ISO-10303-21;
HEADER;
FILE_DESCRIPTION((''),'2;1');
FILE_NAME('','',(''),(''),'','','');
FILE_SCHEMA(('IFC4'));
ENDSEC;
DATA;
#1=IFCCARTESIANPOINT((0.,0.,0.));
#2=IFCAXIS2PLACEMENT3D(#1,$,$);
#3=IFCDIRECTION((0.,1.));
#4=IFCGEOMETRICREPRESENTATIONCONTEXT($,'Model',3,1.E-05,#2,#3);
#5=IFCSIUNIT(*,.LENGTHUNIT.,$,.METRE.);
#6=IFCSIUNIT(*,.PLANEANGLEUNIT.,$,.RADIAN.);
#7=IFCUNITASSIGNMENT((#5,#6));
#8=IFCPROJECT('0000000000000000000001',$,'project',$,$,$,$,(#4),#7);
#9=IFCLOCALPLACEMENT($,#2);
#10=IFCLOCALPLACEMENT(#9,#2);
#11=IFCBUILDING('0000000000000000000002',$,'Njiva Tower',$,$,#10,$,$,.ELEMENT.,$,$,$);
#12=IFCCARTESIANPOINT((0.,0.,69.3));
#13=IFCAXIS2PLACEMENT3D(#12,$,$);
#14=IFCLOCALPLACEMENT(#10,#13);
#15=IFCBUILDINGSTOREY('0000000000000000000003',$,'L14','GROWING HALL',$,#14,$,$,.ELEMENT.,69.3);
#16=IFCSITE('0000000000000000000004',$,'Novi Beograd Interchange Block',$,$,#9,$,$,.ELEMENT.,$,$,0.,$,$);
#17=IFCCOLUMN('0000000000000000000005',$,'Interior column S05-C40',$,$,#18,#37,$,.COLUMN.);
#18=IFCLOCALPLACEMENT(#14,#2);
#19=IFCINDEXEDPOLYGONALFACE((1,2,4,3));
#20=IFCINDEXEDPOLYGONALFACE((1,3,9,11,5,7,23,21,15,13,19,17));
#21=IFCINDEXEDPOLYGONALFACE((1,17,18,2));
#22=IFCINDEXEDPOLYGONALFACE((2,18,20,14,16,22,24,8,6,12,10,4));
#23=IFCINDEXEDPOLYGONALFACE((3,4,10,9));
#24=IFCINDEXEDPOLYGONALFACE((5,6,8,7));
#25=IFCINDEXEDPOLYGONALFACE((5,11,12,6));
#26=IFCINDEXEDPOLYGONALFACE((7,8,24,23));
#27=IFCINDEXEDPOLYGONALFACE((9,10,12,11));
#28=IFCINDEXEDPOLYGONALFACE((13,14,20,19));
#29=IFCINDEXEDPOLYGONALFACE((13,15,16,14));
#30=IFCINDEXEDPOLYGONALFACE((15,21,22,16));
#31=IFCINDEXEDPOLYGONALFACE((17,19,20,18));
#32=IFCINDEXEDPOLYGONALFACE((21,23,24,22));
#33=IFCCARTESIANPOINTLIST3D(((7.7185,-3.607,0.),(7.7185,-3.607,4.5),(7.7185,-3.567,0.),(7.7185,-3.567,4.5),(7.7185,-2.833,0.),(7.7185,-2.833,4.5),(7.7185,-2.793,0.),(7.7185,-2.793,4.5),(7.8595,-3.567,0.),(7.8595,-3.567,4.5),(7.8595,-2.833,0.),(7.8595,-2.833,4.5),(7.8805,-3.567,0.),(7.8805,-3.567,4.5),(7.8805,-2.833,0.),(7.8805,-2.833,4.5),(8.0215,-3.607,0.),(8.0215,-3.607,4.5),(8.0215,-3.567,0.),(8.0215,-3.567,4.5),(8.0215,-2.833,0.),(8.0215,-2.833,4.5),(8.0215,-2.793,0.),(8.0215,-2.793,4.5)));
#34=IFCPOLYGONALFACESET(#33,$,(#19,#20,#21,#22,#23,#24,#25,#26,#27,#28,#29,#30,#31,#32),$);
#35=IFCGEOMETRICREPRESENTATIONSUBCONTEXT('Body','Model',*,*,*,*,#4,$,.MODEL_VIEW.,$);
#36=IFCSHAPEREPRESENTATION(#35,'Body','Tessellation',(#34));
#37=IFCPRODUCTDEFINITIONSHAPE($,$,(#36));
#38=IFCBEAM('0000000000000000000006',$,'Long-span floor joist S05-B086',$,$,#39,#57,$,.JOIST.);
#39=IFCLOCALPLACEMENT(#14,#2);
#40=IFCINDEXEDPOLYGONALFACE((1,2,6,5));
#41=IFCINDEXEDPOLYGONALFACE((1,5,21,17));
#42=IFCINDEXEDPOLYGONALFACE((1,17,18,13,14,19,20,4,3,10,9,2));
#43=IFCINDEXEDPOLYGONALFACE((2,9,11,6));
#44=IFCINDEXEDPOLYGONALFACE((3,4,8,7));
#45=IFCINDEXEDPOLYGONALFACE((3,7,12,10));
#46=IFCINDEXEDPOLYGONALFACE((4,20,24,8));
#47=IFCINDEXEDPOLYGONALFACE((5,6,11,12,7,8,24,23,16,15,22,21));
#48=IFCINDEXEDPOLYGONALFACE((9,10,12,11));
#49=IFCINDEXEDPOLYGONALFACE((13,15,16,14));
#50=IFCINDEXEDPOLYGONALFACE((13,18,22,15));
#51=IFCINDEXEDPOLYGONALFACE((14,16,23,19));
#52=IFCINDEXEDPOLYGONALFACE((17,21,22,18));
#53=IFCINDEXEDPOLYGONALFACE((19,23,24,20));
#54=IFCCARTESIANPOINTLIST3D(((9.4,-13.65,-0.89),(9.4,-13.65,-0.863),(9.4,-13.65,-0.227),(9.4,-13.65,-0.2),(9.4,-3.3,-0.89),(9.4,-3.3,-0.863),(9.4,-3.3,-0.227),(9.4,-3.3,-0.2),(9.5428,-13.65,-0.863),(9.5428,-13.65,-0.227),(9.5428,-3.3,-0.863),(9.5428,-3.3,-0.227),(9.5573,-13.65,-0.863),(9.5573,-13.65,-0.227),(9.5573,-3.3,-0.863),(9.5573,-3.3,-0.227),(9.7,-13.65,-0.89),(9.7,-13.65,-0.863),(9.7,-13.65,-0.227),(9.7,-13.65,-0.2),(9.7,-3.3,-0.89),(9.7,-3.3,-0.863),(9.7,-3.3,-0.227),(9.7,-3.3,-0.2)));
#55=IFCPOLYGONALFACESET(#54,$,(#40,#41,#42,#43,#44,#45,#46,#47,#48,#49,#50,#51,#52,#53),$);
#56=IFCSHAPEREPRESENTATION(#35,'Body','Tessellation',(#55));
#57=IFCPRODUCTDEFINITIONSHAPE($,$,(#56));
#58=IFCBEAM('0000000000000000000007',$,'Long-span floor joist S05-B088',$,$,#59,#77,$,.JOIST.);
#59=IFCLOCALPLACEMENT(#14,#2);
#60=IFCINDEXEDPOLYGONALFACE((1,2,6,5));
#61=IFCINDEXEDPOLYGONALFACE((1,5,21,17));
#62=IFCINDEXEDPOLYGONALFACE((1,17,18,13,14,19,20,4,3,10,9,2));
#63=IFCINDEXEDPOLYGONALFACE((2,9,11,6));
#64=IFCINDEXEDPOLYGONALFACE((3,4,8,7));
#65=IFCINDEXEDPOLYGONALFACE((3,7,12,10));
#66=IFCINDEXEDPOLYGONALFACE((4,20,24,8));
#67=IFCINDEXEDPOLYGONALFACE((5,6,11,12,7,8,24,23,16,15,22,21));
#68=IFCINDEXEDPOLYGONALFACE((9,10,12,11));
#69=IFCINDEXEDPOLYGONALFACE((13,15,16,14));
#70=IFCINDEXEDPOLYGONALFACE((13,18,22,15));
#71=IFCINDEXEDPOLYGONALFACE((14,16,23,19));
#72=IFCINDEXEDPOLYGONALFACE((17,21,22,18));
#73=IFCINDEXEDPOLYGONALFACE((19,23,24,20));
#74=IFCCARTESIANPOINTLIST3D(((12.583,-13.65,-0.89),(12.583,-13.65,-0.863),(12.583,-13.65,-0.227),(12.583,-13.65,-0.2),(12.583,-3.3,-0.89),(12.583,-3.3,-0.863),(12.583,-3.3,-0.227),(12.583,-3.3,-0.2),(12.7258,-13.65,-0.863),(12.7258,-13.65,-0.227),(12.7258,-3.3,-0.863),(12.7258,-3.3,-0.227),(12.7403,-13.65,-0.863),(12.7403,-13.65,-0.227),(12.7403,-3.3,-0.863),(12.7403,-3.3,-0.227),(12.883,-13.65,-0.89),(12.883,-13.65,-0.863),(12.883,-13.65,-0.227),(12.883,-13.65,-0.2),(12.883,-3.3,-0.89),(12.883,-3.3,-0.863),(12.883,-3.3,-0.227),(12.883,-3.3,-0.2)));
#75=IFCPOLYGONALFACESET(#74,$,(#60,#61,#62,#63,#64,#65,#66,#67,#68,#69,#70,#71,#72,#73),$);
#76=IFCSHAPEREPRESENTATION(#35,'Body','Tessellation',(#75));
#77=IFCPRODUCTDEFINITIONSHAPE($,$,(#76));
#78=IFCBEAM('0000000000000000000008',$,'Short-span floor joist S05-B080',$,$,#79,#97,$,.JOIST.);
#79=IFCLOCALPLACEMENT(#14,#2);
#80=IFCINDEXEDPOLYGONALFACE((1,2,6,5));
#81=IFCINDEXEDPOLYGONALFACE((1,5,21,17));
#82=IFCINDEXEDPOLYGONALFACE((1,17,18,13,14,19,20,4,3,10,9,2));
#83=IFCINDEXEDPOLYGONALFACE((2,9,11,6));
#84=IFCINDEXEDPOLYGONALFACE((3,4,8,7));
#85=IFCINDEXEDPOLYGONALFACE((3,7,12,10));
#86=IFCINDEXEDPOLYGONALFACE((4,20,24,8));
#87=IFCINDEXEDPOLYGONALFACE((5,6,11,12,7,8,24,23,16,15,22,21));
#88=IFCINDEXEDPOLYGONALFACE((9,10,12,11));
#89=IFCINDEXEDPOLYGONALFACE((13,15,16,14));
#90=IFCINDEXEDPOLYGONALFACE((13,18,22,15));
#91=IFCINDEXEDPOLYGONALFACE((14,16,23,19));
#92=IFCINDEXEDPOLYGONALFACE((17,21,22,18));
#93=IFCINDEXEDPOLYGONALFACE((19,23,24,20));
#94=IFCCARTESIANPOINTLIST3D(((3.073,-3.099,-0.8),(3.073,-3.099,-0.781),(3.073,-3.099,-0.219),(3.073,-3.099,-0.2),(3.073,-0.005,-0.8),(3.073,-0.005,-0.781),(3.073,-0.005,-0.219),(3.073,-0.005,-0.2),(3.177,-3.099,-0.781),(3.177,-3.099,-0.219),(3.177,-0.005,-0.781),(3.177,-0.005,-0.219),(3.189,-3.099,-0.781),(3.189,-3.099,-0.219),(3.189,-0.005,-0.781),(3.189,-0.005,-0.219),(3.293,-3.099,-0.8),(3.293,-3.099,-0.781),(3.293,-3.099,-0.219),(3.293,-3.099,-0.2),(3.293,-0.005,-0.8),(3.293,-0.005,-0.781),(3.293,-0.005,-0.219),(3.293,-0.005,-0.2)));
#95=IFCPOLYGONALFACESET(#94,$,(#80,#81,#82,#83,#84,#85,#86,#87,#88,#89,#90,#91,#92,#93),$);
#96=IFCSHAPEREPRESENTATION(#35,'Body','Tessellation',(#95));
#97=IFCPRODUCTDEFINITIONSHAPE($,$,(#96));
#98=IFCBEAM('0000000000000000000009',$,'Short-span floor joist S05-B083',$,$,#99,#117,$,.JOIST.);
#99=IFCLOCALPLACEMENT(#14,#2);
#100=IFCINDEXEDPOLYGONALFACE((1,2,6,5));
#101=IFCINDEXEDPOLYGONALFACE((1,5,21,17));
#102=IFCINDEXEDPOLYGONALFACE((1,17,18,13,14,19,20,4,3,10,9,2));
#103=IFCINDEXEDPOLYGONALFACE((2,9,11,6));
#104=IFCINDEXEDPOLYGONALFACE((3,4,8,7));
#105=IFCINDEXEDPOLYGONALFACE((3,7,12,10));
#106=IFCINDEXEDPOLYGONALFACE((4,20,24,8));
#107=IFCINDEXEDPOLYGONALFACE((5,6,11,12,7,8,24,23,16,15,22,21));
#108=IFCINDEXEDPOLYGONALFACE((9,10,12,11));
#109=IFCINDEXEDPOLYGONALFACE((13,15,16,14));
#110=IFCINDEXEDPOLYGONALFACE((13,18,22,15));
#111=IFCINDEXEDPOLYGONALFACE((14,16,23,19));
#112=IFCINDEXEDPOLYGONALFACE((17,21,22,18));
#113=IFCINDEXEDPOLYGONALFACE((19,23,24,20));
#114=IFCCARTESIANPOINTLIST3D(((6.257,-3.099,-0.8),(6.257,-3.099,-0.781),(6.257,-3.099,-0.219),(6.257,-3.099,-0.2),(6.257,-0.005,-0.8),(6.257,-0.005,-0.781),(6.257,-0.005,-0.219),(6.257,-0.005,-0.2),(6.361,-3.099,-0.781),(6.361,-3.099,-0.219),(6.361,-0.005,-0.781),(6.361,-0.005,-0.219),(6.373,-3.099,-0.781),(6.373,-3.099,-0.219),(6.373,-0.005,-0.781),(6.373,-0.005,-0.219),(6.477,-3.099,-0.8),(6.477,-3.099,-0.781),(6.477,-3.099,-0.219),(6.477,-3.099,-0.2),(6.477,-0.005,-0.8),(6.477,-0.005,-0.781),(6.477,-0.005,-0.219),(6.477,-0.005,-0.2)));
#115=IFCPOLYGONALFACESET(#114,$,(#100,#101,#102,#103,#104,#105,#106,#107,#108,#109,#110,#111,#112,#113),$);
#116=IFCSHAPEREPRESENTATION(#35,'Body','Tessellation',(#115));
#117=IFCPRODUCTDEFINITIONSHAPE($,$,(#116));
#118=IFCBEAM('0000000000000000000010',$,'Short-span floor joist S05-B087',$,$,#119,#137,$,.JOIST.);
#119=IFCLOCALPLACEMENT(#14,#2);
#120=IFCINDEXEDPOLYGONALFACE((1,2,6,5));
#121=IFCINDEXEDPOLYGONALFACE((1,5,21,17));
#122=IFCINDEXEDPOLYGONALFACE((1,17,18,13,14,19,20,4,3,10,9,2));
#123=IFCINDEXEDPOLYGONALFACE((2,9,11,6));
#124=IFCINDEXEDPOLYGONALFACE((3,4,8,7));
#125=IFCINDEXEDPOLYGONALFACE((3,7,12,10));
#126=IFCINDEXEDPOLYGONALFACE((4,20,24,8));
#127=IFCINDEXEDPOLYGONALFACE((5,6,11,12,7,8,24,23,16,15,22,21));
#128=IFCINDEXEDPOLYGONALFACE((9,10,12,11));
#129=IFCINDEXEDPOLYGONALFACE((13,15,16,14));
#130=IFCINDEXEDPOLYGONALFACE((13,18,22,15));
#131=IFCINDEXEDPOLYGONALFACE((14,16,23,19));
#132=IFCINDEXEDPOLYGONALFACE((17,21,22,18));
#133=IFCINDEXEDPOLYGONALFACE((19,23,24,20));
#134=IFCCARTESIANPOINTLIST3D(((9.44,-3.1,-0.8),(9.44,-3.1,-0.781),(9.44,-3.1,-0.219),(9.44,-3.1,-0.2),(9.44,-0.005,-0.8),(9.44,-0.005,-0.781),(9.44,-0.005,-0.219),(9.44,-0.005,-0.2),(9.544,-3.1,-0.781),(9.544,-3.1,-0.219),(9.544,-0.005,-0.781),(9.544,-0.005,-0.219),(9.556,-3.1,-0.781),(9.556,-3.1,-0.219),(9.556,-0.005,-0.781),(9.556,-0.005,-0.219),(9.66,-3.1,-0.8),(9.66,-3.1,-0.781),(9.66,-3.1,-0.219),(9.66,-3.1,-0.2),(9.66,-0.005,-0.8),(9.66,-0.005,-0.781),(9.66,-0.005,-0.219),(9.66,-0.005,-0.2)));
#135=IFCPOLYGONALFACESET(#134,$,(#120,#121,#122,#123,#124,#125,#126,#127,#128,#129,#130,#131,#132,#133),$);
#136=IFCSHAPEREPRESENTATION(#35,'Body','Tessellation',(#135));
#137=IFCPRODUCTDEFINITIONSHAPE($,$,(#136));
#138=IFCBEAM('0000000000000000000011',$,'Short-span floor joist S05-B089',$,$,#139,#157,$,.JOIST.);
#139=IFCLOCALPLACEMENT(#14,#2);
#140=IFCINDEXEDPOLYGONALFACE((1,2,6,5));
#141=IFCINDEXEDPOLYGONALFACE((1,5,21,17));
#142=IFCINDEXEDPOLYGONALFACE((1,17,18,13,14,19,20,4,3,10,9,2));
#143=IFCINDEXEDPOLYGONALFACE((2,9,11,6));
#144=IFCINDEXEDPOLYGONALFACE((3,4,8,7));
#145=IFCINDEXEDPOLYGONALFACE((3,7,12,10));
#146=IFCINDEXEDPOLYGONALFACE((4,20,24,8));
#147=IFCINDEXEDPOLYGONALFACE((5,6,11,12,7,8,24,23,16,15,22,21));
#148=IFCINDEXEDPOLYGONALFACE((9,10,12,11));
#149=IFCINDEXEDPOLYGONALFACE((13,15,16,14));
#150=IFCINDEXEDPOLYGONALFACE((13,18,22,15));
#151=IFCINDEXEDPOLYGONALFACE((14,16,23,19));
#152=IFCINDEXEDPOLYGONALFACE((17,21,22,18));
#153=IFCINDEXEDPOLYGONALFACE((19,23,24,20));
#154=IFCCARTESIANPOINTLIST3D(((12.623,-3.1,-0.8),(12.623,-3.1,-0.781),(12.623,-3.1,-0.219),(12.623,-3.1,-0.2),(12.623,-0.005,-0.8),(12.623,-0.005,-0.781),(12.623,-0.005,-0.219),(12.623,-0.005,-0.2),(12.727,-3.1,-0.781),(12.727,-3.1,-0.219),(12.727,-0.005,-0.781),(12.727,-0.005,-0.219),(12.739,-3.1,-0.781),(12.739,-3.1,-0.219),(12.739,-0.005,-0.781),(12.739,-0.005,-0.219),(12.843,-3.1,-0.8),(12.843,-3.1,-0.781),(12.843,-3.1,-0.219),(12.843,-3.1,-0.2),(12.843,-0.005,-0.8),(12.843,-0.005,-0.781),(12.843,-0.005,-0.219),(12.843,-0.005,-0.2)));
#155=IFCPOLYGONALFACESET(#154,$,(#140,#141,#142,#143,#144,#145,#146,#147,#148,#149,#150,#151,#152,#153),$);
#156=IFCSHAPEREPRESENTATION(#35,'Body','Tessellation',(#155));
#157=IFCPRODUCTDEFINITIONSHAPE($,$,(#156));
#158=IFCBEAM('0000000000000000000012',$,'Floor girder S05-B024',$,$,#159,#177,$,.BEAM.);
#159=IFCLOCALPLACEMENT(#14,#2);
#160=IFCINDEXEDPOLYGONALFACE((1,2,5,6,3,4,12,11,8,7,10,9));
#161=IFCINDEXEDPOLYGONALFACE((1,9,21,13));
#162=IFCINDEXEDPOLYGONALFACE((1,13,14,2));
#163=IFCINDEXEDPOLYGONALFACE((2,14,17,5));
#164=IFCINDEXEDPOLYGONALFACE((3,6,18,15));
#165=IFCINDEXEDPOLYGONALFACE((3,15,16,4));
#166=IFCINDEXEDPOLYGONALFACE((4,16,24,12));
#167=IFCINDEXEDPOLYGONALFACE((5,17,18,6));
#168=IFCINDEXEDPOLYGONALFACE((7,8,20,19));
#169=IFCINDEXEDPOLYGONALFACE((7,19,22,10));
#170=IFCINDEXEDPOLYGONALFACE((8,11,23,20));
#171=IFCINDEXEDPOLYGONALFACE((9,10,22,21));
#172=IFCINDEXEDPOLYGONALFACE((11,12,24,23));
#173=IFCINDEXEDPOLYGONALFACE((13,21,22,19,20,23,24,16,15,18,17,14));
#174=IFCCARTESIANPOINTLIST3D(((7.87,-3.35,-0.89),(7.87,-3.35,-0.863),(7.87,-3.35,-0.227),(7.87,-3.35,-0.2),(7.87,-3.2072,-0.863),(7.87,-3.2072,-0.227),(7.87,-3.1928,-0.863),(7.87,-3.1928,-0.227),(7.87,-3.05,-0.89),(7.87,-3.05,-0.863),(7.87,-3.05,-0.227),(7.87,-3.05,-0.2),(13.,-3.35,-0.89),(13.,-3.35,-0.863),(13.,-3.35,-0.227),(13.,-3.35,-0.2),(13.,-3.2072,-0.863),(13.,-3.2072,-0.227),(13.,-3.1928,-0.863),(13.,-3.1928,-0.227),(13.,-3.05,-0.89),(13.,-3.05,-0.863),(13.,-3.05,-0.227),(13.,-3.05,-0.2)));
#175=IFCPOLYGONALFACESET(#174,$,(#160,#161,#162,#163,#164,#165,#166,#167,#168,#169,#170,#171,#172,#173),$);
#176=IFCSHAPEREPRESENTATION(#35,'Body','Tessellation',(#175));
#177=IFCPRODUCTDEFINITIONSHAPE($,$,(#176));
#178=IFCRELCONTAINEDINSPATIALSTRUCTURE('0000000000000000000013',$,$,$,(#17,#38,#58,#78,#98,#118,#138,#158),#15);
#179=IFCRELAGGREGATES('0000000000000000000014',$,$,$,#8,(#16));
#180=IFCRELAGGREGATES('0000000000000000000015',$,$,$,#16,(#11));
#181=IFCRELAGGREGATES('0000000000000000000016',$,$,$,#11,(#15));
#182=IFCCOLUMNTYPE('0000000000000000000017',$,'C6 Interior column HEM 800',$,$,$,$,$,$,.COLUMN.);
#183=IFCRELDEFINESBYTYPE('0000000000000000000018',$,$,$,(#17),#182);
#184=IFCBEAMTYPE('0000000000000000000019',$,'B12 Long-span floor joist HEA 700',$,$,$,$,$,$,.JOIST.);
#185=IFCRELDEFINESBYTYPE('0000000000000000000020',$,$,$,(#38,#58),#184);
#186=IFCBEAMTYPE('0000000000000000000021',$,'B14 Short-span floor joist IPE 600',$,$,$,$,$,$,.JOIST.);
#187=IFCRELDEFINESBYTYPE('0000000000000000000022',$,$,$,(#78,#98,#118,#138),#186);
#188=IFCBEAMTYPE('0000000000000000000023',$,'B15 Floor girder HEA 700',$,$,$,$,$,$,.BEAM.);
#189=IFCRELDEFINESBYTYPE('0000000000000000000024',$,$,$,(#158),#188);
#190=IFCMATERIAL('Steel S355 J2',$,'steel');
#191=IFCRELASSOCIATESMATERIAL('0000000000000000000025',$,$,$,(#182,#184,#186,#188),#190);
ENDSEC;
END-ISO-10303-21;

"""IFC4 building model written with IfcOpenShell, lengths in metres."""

from ifc_helpers import new_model, si_unit, direction, frame, origin, origin_2d, place, context, subcontext, project, spatial, i_section, extrude, material, material_profile, profile_set, type_object, element, save


model = new_model("IFC4")

# Units and contexts
model_context = context("Model", 3, precision=1e-05, world=origin(), true_north=direction((0.0, 1.0)))
body_context = subcontext(model_context, "Body", "Model", "MODEL_VIEW")
ifc_project = project(units=[si_unit("LENGTHUNIT", "METRE"), si_unit("PLANEANGLEUNIT", "RADIAN")], contexts=[model_context])

# Site, building, storey
site_placement = place(None, origin())
site = spatial("IfcSite", under=ifc_project, at=site_placement, Name="Novi Beograd Interchange Block", CompositionType="ELEMENT", RefElevation=0.0)
building_placement = place(site_placement, origin())
building = spatial("IfcBuilding", under=site, at=building_placement, Name="Njiva Tower", CompositionType="ELEMENT")
storey_placement = place(building_placement, frame((0.0, 0.0, 69.3)))
storey = spatial("IfcBuildingStorey", under=building, at=storey_placement, Name="L14", Description="GROWING HALL", CompositionType="ELEMENT", Elevation=69.3)

# Column
ifc_material_1 = material(Name="Steel S355 J2", Category="steel")
ifc_material_profile_1 = material_profile(ifc_material_1, i_section(OverallWidth=0.303, OverallDepth=0.814, WebThickness=0.021, FlangeThickness=0.04, at=origin_2d()), Name="HEM 800")
ifc_profile_set_1 = profile_set([ifc_material_profile_1], Name="Steel S355 J2")
column_type = type_object("IfcColumnType", Name="C6 Interior column HEM 800", PredefinedType="COLUMN", material=ifc_profile_set_1)
column_placement = place(storey_placement, frame((7.87, -3.2, 0.0), z_axis=(0.0, 0.0, 1.0), x_axis=(1.0, 0.0, 0.0)))
element("IfcColumn", 1, at=column_placement, inside=storey, type_object=column_type, Name="Interior column S05-C40", PredefinedType="COLUMN", context=body_context, shape_type="SweptSolid", body=[
    extrude(i_section(OverallWidth=0.303, OverallDepth=0.814, WebThickness=0.021, FlangeThickness=0.04, at=origin_2d()), origin(), (0.0, 0.0, 1.0), 4.5),
])

# Beams
ifc_material_profile_2 = material_profile(ifc_material_1, i_section(OverallWidth=0.3, OverallDepth=0.69, WebThickness=0.0145, FlangeThickness=0.027, at=origin_2d()), Name="HEA 700")
ifc_profile_set_2 = profile_set([ifc_material_profile_2], Name="Steel S355 J2")
beam_type_1 = type_object("IfcBeamType", Name="B12 Long-span floor joist HEA 700", PredefinedType="JOIST", material=ifc_profile_set_2)
for number, where, z_axis, x_axis, name in (
    (2, (9.55, -3.3, -0.545), (0.0, -1.0, 0.0), (1.0, 0.0, 0.0), "Long-span floor joist S05-B086"),
    (3, (12.733, -3.3, -0.545), (0.0, -1.0, 0.0), (1.0, 0.0, 0.0), "Long-span floor joist S05-B088"),
):
    element("IfcBeam", number, at=place(storey_placement, frame(where, z_axis=z_axis, x_axis=x_axis)), inside=storey, type_object=beam_type_1, Name=name, PredefinedType="JOIST", context=body_context, shape_type="SweptSolid", body=[
        extrude(i_section(OverallWidth=0.3, OverallDepth=0.69, WebThickness=0.0145, FlangeThickness=0.027, at=origin_2d()), origin(), (0.0, 0.0, 1.0), 10.35),
    ])
ifc_material_profile_3 = material_profile(ifc_material_1, i_section(OverallWidth=0.22, OverallDepth=0.6, WebThickness=0.012, FlangeThickness=0.019, at=origin_2d()), Name="IPE 600")
ifc_profile_set_3 = profile_set([ifc_material_profile_3], Name="Steel S355 J2")
beam_type_2 = type_object("IfcBeamType", Name="B14 Short-span floor joist IPE 600", PredefinedType="JOIST", material=ifc_profile_set_3)
for number, where, z_axis, x_axis, name in (
    (4, (3.183, -0.005, -0.5), (0.0, -1.0, 0.0), (1.0, 0.0, 0.0), "Short-span floor joist S05-B080"),
    (5, (6.367, -0.005, -0.5), (0.0, -1.0, 0.0), (1.0, 0.0, 0.0), "Short-span floor joist S05-B083"),
):
    element("IfcBeam", number, at=place(storey_placement, frame(where, z_axis=z_axis, x_axis=x_axis)), inside=storey, type_object=beam_type_2, Name=name, PredefinedType="JOIST", context=body_context, shape_type="SweptSolid", body=[
        extrude(i_section(OverallWidth=0.22, OverallDepth=0.6, WebThickness=0.012, FlangeThickness=0.019, at=origin_2d()), origin(), (0.0, 0.0, 1.0), 3.094),
    ])
for number, where, z_axis, x_axis, name in (
    (6, (9.55, -0.005, -0.5), (0.0, -1.0, 0.0), (1.0, 0.0, 0.0), "Short-span floor joist S05-B087"),
    (7, (12.733, -0.005, -0.5), (0.0, -1.0, 0.0), (1.0, 0.0, 0.0), "Short-span floor joist S05-B089"),
):
    element("IfcBeam", number, at=place(storey_placement, frame(where, z_axis=z_axis, x_axis=x_axis)), inside=storey, type_object=beam_type_2, Name=name, PredefinedType="JOIST", context=body_context, shape_type="SweptSolid", body=[
        extrude(i_section(OverallWidth=0.22, OverallDepth=0.6, WebThickness=0.012, FlangeThickness=0.019, at=origin_2d()), origin(), (0.0, 0.0, 1.0), 3.095),
    ])
ifc_material_profile_4 = material_profile(ifc_material_1, i_section(OverallWidth=0.3, OverallDepth=0.69, WebThickness=0.0145, FlangeThickness=0.027, at=origin_2d()), Name="HEA 700")
ifc_profile_set_4 = profile_set([ifc_material_profile_4], Name="Steel S355 J2")
beam_type_3 = type_object("IfcBeamType", Name="B15 Floor girder HEA 700", PredefinedType="BEAM", material=ifc_profile_set_4)
beam_1_placement = place(storey_placement, frame((7.87, -3.2, -0.545), z_axis=(1.0, 0.0, 0.0), x_axis=(0.0, 1.0, 0.0)))
element("IfcBeam", 8, at=beam_1_placement, inside=storey, type_object=beam_type_3, Name="Floor girder S05-B024", PredefinedType="BEAM", context=body_context, shape_type="SweptSolid", body=[
    extrude(i_section(OverallWidth=0.3, OverallDepth=0.69, WebThickness=0.0145, FlangeThickness=0.027, at=origin_2d()), origin(), (0.0, 0.0, 1.0), 5.13),
])

save(model, "model.ifc")
